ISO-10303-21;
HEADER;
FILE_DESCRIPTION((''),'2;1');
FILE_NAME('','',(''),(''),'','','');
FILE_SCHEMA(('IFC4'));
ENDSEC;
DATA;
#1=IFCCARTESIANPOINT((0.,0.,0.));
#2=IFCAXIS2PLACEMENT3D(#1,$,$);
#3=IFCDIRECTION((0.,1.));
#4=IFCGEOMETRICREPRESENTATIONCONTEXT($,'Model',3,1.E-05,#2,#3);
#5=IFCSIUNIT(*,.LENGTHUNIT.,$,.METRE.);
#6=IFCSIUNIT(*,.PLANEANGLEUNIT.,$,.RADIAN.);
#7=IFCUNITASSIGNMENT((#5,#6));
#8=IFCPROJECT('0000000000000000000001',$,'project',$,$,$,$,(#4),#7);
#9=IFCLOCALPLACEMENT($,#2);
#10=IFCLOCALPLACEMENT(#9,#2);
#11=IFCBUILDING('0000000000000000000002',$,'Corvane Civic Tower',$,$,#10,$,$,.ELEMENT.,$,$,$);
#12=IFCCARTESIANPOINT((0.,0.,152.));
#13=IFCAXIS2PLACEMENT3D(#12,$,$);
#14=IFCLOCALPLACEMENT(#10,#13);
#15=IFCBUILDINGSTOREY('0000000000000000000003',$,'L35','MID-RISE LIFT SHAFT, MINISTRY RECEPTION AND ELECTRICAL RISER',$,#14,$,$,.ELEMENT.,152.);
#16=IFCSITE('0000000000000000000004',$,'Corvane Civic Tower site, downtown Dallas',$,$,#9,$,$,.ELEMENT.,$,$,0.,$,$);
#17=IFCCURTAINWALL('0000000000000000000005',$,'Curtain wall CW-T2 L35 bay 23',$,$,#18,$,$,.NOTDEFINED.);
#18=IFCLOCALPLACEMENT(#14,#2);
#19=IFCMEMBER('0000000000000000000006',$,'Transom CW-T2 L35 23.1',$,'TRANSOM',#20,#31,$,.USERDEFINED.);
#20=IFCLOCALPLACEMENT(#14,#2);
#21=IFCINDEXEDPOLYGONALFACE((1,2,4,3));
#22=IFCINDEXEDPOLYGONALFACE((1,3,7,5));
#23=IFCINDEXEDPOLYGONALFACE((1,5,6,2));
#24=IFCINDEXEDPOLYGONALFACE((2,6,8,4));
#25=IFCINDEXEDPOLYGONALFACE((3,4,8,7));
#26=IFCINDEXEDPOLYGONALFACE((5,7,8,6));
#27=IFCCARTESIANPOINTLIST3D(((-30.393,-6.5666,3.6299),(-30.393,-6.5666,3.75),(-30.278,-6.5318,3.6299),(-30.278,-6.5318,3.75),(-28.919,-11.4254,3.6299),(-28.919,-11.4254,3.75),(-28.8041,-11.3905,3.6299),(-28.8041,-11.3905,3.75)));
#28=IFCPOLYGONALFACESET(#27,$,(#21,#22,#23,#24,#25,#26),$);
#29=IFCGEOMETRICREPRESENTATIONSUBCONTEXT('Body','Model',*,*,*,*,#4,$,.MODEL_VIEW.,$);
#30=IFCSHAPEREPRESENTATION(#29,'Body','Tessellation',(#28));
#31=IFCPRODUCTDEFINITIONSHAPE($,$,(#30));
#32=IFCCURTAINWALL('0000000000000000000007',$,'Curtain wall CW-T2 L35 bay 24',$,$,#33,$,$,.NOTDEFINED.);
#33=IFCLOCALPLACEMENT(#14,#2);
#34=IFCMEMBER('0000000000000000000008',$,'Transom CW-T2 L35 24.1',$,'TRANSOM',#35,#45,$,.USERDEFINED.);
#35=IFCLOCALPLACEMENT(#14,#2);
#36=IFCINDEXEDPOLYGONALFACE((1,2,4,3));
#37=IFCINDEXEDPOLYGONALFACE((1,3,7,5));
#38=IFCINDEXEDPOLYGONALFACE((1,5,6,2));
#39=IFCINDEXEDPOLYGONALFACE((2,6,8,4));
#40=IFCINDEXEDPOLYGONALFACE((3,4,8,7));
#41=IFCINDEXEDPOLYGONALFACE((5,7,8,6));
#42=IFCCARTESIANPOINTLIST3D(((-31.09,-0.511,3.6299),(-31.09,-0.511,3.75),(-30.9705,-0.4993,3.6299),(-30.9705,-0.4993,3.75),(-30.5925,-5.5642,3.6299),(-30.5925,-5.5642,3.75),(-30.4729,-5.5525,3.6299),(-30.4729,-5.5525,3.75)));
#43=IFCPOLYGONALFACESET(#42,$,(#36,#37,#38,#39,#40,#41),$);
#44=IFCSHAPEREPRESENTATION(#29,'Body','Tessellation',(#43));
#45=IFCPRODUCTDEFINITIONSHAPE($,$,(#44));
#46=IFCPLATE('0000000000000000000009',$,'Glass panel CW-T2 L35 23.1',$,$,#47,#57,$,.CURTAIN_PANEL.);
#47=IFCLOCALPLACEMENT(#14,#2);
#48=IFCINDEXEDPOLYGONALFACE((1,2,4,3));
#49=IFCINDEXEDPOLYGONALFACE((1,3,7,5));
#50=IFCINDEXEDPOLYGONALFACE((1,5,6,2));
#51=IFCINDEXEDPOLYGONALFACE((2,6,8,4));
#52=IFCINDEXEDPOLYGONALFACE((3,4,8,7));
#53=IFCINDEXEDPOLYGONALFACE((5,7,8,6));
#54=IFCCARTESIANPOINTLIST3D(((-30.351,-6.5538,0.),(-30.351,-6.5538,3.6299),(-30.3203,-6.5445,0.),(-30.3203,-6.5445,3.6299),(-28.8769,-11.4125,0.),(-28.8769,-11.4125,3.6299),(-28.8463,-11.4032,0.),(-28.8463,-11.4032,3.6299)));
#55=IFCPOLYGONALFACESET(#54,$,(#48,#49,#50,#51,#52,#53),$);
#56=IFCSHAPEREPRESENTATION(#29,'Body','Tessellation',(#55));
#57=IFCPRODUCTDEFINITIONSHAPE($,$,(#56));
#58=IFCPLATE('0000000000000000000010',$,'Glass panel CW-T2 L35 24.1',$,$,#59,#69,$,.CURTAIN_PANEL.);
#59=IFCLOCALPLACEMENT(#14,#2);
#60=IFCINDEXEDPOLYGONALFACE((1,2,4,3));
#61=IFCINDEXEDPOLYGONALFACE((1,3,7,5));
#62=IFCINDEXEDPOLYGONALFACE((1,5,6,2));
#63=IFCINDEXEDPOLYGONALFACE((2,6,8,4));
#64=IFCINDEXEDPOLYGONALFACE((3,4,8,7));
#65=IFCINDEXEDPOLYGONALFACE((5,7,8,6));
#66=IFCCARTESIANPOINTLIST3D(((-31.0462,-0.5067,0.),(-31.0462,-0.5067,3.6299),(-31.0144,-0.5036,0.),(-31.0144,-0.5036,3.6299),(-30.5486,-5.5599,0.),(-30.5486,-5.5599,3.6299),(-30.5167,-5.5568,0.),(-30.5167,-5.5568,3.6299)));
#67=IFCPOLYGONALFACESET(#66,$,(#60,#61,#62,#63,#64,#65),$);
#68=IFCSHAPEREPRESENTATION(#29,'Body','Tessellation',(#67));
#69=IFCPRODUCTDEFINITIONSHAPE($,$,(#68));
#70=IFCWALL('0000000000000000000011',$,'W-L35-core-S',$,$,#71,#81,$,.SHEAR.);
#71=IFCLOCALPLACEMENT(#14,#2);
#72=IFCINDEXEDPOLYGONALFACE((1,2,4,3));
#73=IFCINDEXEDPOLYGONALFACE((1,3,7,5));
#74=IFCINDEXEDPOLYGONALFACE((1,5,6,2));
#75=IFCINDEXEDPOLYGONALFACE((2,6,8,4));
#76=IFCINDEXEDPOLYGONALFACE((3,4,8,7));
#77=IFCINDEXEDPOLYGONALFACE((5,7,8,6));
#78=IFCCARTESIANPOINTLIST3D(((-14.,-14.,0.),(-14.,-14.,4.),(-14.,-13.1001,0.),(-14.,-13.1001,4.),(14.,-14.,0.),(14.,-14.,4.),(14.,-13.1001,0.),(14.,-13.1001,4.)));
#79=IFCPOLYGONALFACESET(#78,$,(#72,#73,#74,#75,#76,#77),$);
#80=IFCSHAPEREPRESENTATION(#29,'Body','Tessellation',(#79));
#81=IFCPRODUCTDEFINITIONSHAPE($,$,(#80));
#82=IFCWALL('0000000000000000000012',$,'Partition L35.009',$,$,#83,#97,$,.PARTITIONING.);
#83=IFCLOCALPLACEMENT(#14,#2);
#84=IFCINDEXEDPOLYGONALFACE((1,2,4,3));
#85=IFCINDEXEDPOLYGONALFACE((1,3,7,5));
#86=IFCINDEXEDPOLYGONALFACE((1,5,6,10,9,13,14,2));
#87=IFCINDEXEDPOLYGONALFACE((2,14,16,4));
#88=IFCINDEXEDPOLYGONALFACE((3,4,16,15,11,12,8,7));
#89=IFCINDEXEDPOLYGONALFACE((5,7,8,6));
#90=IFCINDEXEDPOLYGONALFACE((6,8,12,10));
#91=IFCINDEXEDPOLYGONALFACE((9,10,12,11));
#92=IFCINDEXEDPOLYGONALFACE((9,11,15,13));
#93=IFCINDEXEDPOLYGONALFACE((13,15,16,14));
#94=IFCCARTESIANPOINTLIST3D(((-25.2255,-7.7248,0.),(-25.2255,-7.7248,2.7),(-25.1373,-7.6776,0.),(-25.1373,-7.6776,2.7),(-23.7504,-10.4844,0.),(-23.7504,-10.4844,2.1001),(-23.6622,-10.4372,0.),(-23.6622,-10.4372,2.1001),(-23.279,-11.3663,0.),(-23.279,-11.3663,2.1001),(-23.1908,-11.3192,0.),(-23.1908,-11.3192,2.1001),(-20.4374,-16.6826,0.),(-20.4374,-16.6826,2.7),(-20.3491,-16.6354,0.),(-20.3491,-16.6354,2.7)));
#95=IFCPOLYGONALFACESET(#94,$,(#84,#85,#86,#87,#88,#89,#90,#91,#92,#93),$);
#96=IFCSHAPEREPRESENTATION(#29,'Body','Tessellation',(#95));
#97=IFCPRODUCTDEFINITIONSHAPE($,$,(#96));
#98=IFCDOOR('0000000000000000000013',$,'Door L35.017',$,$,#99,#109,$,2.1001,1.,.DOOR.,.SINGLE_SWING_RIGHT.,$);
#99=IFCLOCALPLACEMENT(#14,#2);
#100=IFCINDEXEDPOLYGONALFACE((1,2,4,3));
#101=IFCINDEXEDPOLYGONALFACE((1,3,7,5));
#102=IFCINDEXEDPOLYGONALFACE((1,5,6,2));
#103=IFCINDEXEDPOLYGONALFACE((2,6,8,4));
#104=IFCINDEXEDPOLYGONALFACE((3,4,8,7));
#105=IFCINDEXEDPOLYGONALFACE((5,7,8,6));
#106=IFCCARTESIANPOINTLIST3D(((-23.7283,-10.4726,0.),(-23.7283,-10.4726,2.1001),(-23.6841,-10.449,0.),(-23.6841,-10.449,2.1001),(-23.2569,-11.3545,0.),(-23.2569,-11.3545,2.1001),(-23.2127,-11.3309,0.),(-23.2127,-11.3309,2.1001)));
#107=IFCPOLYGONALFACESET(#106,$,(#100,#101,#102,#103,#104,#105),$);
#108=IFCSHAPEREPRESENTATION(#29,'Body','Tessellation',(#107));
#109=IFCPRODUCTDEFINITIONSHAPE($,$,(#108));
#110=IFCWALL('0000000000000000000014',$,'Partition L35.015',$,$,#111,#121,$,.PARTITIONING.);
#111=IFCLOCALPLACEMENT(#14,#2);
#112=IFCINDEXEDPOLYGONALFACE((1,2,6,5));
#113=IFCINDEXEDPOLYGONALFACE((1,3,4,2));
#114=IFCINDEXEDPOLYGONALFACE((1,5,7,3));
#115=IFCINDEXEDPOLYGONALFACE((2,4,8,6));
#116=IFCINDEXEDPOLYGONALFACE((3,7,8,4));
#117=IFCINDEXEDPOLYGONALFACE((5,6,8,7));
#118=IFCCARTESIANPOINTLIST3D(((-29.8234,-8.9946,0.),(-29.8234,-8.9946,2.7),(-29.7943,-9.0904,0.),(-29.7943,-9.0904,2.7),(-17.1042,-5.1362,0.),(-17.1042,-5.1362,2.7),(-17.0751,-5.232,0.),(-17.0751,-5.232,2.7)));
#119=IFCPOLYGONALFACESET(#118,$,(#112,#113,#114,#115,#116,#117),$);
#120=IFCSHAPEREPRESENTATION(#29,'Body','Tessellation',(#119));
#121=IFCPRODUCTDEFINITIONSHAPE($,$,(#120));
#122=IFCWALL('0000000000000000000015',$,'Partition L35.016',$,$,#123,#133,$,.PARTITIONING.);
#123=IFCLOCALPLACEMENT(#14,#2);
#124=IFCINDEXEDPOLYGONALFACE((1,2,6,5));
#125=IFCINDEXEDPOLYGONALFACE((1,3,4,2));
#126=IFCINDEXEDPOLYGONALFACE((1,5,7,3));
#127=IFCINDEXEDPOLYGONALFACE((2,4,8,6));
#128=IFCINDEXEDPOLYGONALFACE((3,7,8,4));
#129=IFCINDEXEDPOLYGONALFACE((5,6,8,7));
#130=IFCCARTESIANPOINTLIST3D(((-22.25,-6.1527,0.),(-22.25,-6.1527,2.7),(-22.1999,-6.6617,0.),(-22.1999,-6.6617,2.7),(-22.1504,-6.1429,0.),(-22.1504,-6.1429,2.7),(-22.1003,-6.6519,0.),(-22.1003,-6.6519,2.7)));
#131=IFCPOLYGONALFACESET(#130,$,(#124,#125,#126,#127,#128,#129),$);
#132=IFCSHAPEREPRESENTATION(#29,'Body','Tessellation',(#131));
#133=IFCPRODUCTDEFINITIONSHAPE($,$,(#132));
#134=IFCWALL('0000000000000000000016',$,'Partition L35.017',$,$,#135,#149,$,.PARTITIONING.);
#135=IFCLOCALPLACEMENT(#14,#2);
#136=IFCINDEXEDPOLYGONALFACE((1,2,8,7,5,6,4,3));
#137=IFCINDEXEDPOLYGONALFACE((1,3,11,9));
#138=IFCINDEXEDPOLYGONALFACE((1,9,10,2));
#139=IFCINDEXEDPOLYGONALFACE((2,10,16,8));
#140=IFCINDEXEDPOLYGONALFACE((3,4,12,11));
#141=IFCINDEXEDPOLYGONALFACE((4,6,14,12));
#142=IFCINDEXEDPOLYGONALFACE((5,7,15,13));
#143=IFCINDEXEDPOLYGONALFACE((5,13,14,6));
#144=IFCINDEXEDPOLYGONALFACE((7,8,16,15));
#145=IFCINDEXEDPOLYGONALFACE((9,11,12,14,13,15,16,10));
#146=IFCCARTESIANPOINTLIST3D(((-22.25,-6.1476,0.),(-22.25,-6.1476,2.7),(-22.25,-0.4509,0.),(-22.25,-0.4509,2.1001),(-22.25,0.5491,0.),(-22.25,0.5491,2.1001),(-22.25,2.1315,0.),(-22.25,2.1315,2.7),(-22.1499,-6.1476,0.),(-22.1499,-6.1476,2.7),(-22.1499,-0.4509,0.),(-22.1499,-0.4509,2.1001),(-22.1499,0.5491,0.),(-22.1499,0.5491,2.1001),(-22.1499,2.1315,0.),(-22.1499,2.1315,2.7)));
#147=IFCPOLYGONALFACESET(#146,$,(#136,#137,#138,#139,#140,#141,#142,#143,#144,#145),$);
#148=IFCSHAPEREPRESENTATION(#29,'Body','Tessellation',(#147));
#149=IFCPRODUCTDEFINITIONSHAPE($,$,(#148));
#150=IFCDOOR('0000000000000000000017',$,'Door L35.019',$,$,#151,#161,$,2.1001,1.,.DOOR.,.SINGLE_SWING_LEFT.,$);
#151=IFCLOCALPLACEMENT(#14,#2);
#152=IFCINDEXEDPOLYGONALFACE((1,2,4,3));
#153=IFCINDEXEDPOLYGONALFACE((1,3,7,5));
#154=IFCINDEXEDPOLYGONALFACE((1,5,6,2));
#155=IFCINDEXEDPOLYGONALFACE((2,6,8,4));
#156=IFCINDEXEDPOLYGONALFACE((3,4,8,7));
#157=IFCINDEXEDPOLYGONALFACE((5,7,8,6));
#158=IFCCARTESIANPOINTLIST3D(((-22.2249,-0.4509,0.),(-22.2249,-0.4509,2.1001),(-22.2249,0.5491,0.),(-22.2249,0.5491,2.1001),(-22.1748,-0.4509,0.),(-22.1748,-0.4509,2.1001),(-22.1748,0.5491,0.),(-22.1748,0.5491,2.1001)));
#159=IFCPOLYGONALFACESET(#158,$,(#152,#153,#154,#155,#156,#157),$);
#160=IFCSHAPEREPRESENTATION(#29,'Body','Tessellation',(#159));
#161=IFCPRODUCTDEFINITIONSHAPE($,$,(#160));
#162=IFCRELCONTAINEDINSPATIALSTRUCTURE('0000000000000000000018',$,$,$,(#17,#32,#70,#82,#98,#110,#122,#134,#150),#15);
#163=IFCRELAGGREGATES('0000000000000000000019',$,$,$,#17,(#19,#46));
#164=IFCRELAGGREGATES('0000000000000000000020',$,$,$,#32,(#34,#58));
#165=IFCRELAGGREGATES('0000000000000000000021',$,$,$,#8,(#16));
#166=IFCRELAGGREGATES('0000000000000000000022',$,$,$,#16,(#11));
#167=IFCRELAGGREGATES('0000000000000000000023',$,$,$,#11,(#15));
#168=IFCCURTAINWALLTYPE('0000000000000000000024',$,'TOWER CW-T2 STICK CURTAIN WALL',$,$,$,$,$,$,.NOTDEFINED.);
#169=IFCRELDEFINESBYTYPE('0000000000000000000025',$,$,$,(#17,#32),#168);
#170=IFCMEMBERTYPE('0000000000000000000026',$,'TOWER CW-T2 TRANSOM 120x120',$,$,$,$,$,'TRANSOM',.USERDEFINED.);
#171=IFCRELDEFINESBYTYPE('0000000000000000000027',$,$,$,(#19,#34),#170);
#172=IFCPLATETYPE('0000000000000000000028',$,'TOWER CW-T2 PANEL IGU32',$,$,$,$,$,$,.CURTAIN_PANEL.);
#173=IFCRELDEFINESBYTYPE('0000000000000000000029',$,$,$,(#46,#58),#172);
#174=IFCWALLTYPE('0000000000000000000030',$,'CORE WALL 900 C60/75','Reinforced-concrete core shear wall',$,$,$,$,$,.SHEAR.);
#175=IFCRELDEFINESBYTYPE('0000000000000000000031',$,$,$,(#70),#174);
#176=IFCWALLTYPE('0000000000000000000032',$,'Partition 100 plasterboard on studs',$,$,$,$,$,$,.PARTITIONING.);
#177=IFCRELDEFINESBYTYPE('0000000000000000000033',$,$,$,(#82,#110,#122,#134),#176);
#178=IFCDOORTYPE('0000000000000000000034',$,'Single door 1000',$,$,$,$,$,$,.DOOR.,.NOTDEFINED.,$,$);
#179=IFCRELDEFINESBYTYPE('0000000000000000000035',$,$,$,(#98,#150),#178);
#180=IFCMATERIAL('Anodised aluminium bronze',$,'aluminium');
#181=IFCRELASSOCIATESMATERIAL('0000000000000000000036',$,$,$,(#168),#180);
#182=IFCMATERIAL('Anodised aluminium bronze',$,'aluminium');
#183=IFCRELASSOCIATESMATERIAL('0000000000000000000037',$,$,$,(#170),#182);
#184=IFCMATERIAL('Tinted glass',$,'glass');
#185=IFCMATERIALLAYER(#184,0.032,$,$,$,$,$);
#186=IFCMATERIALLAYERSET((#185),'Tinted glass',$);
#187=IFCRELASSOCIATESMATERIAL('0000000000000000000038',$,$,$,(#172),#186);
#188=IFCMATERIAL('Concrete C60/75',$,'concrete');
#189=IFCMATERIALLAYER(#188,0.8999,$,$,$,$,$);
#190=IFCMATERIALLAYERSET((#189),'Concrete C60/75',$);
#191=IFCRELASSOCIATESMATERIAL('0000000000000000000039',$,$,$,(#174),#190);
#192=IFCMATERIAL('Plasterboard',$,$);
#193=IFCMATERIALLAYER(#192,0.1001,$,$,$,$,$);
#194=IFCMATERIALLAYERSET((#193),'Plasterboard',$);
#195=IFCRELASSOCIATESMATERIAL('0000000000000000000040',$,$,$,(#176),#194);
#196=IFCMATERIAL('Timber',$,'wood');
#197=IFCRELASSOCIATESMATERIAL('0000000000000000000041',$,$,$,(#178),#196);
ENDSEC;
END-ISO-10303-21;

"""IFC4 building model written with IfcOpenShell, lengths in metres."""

from ifc_helpers import new_model, si_unit, direction, frame, frame_2d, origin, origin_2d, place, context, subcontext, project, spatial, rectangle, extrude, material, layer, layer_set, material_profile, profile_set, type_object, element, fill, aggregate, save


model = new_model("IFC4")

# Units and contexts
model_context = context("Model", 3, precision=1e-05, world=origin(), true_north=direction((0.0, 1.0)))
body_context = subcontext(model_context, "Body", "Model", "MODEL_VIEW")
ifc_project = project(units=[si_unit("LENGTHUNIT", "METRE"), si_unit("PLANEANGLEUNIT", "RADIAN")], contexts=[model_context])

# Site, building, storey
site_placement = place(None, origin())
site = spatial("IfcSite", under=ifc_project, at=site_placement, Name="Corvane Civic Tower site, downtown Dallas", CompositionType="ELEMENT", RefElevation=0.0)
building_placement = place(site_placement, origin())
building = spatial("IfcBuilding", under=site, at=building_placement, Name="Corvane Civic Tower", CompositionType="ELEMENT")
storey_placement = place(building_placement, frame((0.0, 0.0, 152.0)))
storey = spatial("IfcBuildingStorey", under=building, at=storey_placement, Name="L35", Description="MID-RISE LIFT SHAFT, MINISTRY RECEPTION AND ELECTRICAL RISER", CompositionType="ELEMENT", Elevation=152.0)

# Curtain walls, members
ifc_material_1 = material(Name="Anodised aluminium bronze", Category="aluminium")
curtain_wall_type = type_object("IfcCurtainWallType", Name="TOWER CW-T2 STICK CURTAIN WALL", PredefinedType="NOTDEFINED", material=ifc_material_1)
curtain_wall_1_placement = place(storey_placement, origin())
curtain_wall_1 = element("IfcCurtainWall", 1, at=curtain_wall_1_placement, inside=storey, type_object=curtain_wall_type, Name="Curtain wall CW-T2 L35 bay 23", PredefinedType="NOTDEFINED")
ifc_material_2 = material(Name="Anodised aluminium bronze", Category="aluminium")
ifc_material_profile_1 = material_profile(ifc_material_2, rectangle(XDim=0.1201, YDim=0.1201, at=origin_2d()), Name="TOWER CW-T2 TRANSOM 120x120")
ifc_profile_set_1 = profile_set([ifc_material_profile_1], Name="Anodised aluminium bronze")
member_type = type_object("IfcMemberType", Name="TOWER CW-T2 TRANSOM 120x120", ElementType="TRANSOM", PredefinedType="USERDEFINED", material=ifc_profile_set_1)
member_1_placement = place(storey_placement, frame((-28.8616, -11.408, 3.6899), z_axis=(-0.290289, 0.956939, 0.0), x_axis=(-0.956939, -0.290289, 0.0)))
member_1 = element("IfcMember", 2, at=member_1_placement, type_object=member_type, Name="Transom CW-T2 L35 23.1", ObjectType="TRANSOM", PredefinedType="USERDEFINED", context=body_context, shape_type="SweptSolid", body=[
    extrude(rectangle(XDim=0.1201, YDim=0.1201, at=origin_2d()), origin(), (0.0, 0.0, 1.0), 5.0774),
])
curtain_wall_2_placement = place(storey_placement, origin())
curtain_wall_2 = element("IfcCurtainWall", 3, at=curtain_wall_2_placement, inside=storey, type_object=curtain_wall_type, Name="Curtain wall CW-T2 L35 bay 24", PredefinedType="NOTDEFINED")
member_2_placement = place(storey_placement, frame((-30.5327, -5.5583, 3.6899), z_axis=(-0.09799, 0.995187, 0.0), x_axis=(-0.995187, -0.09799, 0.0)))
member_2 = element("IfcMember", 4, at=member_2_placement, type_object=member_type, Name="Transom CW-T2 L35 24.1", ObjectType="TRANSOM", PredefinedType="USERDEFINED", context=body_context, shape_type="SweptSolid", body=[
    extrude(rectangle(XDim=0.1201, YDim=0.1201, at=origin_2d()), origin(), (0.0, 0.0, 1.0), 5.0776),
])

# Plates
ifc_material_3 = material(Name="Tinted glass", Category="glass")
ifc_layer_1 = layer(ifc_material_3, 0.032)
ifc_layer_set_1 = layer_set([ifc_layer_1], Name="Tinted glass")
plate_type = type_object("IfcPlateType", Name="TOWER CW-T2 PANEL IGU32", PredefinedType="CURTAIN_PANEL", material=ifc_layer_set_1)
plate_1_placement = place(storey_placement, frame((-29.5986, -8.9785, 0.0), z_axis=(0.0, 0.0, 1.0), x_axis=(-0.290313, 0.956932, 0.0)))
plate_1 = element("IfcPlate", 5, at=plate_1_placement, type_object=plate_type, Name="Glass panel CW-T2 L35 23.1", PredefinedType="CURTAIN_PANEL", context=body_context, shape_type="SweptSolid", body=[
    extrude(rectangle(XDim=5.0774, YDim=0.032, at=origin_2d()), origin(), (0.0, 0.0, 1.0), 3.6299),
])
aggregate(curtain_wall_1, [member_1, plate_1])
plate_2_placement = place(storey_placement, frame((-30.7815, -3.0317, 0.0), z_axis=(0.0, 0.0, 1.0), x_axis=(-0.098012, 0.995185, 0.0)))
plate_2 = element("IfcPlate", 6, at=plate_2_placement, type_object=plate_type, Name="Glass panel CW-T2 L35 24.1", PredefinedType="CURTAIN_PANEL", context=body_context, shape_type="SweptSolid", body=[
    extrude(rectangle(XDim=5.0776, YDim=0.032, at=origin_2d()), origin(), (0.0, 0.0, 1.0), 3.6299),
])
aggregate(curtain_wall_2, [member_2, plate_2])

# Wall
ifc_material_4 = material(Name="Concrete C60/75", Category="concrete")
ifc_layer_2 = layer(ifc_material_4, 0.8999)
ifc_layer_set_2 = layer_set([ifc_layer_2], Name="Concrete C60/75")
wall_type_1 = type_object("IfcWallType", Name="CORE WALL 900 C60/75", Description="Reinforced-concrete core shear wall", PredefinedType="SHEAR", material=ifc_layer_set_2)
wall_1_placement = place(storey_placement, frame((-14.0, -13.55, 0.0), z_axis=(0.0, 0.0, 1.0), x_axis=(1.0, 0.0, 0.0)))
element("IfcWall", 7, at=wall_1_placement, inside=storey, type_object=wall_type_1, Name="W-L35-core-S", PredefinedType="SHEAR", context=body_context, shape_type="SweptSolid", body=[
    extrude(rectangle(XDim=28.0, YDim=0.8999, at=frame_2d((14.0, 0.0))), origin(), (0.0, 0.0, 1.0), 4.0),
])

# Wall, opening, door
ifc_material_5 = material(Name="Plasterboard")
ifc_layer_3 = layer(ifc_material_5, 0.1001)
ifc_layer_set_3 = layer_set([ifc_layer_3], Name="Plasterboard")
wall_type_2 = type_object("IfcWallType", Name="Partition 100 plasterboard on studs", PredefinedType="PARTITIONING", material=ifc_layer_set_3)
wall_2_placement = place(storey_placement, frame((-25.1814, -7.7012, 0.0), z_axis=(0.0, 0.0, 1.0), x_axis=(0.471401, -0.881919, 0.0)))
wall_2 = element("IfcWall", 8, at=wall_2_placement, inside=storey, type_object=wall_type_2, Name="Partition L35.009", PredefinedType="PARTITIONING", context=body_context, shape_type="SweptSolid", body=[
    extrude(rectangle(XDim=10.1572, YDim=0.1001, at=frame_2d((5.0786, 0.0))), origin(), (0.0, 0.0, 1.0), 2.7),
])
opening_1_placement = place(wall_2_placement, frame((3.1292, 0.0, 0.0)))
opening_1 = element("IfcOpeningElement", 9, at=opening_1_placement, cuts=wall_2, PredefinedType="OPENING", context=body_context, shape_type="SweptSolid", body=[
    extrude(rectangle(XDim=1.0, YDim=2.1001, at=frame_2d((0.5, 1.05))), frame((0.0, 0.0601, 0.0), z_axis=(0.0, -1.0, 0.0), x_axis=(1.0, 0.0, 0.0)), (0.0, 0.0, 1.0), 0.1201),
])
ifc_material_6 = material(Name="Timber", Category="wood")
door_type_1 = type_object("IfcDoorType", Name="Single door 1000", OperationType="NOTDEFINED", PredefinedType="DOOR", material=ifc_material_6)
door_1_placement = place(opening_1_placement, frame((1.0, 0.0, 0.0), z_axis=(0.0, 0.0, 1.0), x_axis=(-1.0, 0.0, 0.0)))
door_1 = element("IfcDoor", 10, at=door_1_placement, inside=storey, type_object=door_type_1, Name="Door L35.017", OperationType="SINGLE_SWING_RIGHT", OverallHeight=2.1001, OverallWidth=1.0, PredefinedType="DOOR", context=body_context, shape_type="SweptSolid", body=[
    extrude(rectangle(XDim=1.0, YDim=2.1001, at=frame_2d((0.5, 1.05))), frame((0.0, 0.0249, 0.0), z_axis=(0.0, -1.0, 0.0), x_axis=(1.0, 0.0, 0.0)), (0.0, 0.0, 1.0), 0.05),
])
fill(opening_1, door_1)

# Walls
wall_3_placement = place(storey_placement, frame((-29.8088, -9.0425, 0.0), z_axis=(0.0, 0.0, 1.0), x_axis=(0.956939, 0.290289, 0.0)))
element("IfcWall", 11, at=wall_3_placement, inside=storey, type_object=wall_type_2, Name="Partition L35.015", PredefinedType="PARTITIONING", context=body_context, shape_type="SweptSolid", body=[
    extrude(rectangle(XDim=13.2915, YDim=0.1001, at=frame_2d((6.6458, 0.0))), origin(), (0.0, 0.0, 1.0), 2.7),
])
wall_4_placement = place(storey_placement, frame((-22.2002, -6.1477, 0.0), z_axis=(0.0, 0.0, 1.0), x_axis=(0.09785, -0.995201, 0.0)))
element("IfcWall", 12, at=wall_4_placement, inside=storey, type_object=wall_type_2, Name="Partition L35.016", PredefinedType="PARTITIONING", context=body_context, shape_type="SweptSolid", body=[
    extrude(rectangle(XDim=0.5115, YDim=0.1001, at=frame_2d((0.2559, 0.0))), origin(), (0.0, 0.0, 1.0), 2.7),
])

# Wall, opening, door
wall_5_placement = place(storey_placement, frame((-22.2, -6.1477, 0.0), z_axis=(0.0, 0.0, 1.0), x_axis=(0.0, 1.0, 0.0)))
wall_5 = element("IfcWall", 13, at=wall_5_placement, inside=storey, type_object=wall_type_2, Name="Partition L35.017", PredefinedType="PARTITIONING", context=body_context, shape_type="SweptSolid", body=[
    extrude(rectangle(XDim=8.2791, YDim=0.1001, at=frame_2d((4.1396, 0.0))), origin(), (0.0, 0.0, 1.0), 2.7),
])
opening_2_placement = place(wall_5_placement, frame((5.6968, 0.0, 0.0)))
opening_2 = element("IfcOpeningElement", 14, at=opening_2_placement, cuts=wall_5, PredefinedType="OPENING", context=body_context, shape_type="SweptSolid", body=[
    extrude(rectangle(XDim=1.0, YDim=2.1001, at=frame_2d((0.5, 1.05))), frame((0.0, 0.0601, 0.0), z_axis=(0.0, -1.0, 0.0), x_axis=(1.0, 0.0, 0.0)), (0.0, 0.0, 1.0), 0.1201),
])
door_2_placement = place(opening_2_placement, origin())
door_2 = element("IfcDoor", 15, at=door_2_placement, inside=storey, type_object=door_type_1, Name="Door L35.019", OperationType="SINGLE_SWING_LEFT", OverallHeight=2.1001, OverallWidth=1.0, PredefinedType="DOOR", context=body_context, shape_type="SweptSolid", body=[
    extrude(rectangle(XDim=1.0, YDim=2.1001, at=frame_2d((0.5, 1.05))), frame((0.0, 0.0249, 0.0), z_axis=(0.0, -1.0, 0.0), x_axis=(1.0, 0.0, 0.0)), (0.0, 0.0, 1.0), 0.05),
])
fill(opening_2, door_2)

save(model, "model.ifc")
